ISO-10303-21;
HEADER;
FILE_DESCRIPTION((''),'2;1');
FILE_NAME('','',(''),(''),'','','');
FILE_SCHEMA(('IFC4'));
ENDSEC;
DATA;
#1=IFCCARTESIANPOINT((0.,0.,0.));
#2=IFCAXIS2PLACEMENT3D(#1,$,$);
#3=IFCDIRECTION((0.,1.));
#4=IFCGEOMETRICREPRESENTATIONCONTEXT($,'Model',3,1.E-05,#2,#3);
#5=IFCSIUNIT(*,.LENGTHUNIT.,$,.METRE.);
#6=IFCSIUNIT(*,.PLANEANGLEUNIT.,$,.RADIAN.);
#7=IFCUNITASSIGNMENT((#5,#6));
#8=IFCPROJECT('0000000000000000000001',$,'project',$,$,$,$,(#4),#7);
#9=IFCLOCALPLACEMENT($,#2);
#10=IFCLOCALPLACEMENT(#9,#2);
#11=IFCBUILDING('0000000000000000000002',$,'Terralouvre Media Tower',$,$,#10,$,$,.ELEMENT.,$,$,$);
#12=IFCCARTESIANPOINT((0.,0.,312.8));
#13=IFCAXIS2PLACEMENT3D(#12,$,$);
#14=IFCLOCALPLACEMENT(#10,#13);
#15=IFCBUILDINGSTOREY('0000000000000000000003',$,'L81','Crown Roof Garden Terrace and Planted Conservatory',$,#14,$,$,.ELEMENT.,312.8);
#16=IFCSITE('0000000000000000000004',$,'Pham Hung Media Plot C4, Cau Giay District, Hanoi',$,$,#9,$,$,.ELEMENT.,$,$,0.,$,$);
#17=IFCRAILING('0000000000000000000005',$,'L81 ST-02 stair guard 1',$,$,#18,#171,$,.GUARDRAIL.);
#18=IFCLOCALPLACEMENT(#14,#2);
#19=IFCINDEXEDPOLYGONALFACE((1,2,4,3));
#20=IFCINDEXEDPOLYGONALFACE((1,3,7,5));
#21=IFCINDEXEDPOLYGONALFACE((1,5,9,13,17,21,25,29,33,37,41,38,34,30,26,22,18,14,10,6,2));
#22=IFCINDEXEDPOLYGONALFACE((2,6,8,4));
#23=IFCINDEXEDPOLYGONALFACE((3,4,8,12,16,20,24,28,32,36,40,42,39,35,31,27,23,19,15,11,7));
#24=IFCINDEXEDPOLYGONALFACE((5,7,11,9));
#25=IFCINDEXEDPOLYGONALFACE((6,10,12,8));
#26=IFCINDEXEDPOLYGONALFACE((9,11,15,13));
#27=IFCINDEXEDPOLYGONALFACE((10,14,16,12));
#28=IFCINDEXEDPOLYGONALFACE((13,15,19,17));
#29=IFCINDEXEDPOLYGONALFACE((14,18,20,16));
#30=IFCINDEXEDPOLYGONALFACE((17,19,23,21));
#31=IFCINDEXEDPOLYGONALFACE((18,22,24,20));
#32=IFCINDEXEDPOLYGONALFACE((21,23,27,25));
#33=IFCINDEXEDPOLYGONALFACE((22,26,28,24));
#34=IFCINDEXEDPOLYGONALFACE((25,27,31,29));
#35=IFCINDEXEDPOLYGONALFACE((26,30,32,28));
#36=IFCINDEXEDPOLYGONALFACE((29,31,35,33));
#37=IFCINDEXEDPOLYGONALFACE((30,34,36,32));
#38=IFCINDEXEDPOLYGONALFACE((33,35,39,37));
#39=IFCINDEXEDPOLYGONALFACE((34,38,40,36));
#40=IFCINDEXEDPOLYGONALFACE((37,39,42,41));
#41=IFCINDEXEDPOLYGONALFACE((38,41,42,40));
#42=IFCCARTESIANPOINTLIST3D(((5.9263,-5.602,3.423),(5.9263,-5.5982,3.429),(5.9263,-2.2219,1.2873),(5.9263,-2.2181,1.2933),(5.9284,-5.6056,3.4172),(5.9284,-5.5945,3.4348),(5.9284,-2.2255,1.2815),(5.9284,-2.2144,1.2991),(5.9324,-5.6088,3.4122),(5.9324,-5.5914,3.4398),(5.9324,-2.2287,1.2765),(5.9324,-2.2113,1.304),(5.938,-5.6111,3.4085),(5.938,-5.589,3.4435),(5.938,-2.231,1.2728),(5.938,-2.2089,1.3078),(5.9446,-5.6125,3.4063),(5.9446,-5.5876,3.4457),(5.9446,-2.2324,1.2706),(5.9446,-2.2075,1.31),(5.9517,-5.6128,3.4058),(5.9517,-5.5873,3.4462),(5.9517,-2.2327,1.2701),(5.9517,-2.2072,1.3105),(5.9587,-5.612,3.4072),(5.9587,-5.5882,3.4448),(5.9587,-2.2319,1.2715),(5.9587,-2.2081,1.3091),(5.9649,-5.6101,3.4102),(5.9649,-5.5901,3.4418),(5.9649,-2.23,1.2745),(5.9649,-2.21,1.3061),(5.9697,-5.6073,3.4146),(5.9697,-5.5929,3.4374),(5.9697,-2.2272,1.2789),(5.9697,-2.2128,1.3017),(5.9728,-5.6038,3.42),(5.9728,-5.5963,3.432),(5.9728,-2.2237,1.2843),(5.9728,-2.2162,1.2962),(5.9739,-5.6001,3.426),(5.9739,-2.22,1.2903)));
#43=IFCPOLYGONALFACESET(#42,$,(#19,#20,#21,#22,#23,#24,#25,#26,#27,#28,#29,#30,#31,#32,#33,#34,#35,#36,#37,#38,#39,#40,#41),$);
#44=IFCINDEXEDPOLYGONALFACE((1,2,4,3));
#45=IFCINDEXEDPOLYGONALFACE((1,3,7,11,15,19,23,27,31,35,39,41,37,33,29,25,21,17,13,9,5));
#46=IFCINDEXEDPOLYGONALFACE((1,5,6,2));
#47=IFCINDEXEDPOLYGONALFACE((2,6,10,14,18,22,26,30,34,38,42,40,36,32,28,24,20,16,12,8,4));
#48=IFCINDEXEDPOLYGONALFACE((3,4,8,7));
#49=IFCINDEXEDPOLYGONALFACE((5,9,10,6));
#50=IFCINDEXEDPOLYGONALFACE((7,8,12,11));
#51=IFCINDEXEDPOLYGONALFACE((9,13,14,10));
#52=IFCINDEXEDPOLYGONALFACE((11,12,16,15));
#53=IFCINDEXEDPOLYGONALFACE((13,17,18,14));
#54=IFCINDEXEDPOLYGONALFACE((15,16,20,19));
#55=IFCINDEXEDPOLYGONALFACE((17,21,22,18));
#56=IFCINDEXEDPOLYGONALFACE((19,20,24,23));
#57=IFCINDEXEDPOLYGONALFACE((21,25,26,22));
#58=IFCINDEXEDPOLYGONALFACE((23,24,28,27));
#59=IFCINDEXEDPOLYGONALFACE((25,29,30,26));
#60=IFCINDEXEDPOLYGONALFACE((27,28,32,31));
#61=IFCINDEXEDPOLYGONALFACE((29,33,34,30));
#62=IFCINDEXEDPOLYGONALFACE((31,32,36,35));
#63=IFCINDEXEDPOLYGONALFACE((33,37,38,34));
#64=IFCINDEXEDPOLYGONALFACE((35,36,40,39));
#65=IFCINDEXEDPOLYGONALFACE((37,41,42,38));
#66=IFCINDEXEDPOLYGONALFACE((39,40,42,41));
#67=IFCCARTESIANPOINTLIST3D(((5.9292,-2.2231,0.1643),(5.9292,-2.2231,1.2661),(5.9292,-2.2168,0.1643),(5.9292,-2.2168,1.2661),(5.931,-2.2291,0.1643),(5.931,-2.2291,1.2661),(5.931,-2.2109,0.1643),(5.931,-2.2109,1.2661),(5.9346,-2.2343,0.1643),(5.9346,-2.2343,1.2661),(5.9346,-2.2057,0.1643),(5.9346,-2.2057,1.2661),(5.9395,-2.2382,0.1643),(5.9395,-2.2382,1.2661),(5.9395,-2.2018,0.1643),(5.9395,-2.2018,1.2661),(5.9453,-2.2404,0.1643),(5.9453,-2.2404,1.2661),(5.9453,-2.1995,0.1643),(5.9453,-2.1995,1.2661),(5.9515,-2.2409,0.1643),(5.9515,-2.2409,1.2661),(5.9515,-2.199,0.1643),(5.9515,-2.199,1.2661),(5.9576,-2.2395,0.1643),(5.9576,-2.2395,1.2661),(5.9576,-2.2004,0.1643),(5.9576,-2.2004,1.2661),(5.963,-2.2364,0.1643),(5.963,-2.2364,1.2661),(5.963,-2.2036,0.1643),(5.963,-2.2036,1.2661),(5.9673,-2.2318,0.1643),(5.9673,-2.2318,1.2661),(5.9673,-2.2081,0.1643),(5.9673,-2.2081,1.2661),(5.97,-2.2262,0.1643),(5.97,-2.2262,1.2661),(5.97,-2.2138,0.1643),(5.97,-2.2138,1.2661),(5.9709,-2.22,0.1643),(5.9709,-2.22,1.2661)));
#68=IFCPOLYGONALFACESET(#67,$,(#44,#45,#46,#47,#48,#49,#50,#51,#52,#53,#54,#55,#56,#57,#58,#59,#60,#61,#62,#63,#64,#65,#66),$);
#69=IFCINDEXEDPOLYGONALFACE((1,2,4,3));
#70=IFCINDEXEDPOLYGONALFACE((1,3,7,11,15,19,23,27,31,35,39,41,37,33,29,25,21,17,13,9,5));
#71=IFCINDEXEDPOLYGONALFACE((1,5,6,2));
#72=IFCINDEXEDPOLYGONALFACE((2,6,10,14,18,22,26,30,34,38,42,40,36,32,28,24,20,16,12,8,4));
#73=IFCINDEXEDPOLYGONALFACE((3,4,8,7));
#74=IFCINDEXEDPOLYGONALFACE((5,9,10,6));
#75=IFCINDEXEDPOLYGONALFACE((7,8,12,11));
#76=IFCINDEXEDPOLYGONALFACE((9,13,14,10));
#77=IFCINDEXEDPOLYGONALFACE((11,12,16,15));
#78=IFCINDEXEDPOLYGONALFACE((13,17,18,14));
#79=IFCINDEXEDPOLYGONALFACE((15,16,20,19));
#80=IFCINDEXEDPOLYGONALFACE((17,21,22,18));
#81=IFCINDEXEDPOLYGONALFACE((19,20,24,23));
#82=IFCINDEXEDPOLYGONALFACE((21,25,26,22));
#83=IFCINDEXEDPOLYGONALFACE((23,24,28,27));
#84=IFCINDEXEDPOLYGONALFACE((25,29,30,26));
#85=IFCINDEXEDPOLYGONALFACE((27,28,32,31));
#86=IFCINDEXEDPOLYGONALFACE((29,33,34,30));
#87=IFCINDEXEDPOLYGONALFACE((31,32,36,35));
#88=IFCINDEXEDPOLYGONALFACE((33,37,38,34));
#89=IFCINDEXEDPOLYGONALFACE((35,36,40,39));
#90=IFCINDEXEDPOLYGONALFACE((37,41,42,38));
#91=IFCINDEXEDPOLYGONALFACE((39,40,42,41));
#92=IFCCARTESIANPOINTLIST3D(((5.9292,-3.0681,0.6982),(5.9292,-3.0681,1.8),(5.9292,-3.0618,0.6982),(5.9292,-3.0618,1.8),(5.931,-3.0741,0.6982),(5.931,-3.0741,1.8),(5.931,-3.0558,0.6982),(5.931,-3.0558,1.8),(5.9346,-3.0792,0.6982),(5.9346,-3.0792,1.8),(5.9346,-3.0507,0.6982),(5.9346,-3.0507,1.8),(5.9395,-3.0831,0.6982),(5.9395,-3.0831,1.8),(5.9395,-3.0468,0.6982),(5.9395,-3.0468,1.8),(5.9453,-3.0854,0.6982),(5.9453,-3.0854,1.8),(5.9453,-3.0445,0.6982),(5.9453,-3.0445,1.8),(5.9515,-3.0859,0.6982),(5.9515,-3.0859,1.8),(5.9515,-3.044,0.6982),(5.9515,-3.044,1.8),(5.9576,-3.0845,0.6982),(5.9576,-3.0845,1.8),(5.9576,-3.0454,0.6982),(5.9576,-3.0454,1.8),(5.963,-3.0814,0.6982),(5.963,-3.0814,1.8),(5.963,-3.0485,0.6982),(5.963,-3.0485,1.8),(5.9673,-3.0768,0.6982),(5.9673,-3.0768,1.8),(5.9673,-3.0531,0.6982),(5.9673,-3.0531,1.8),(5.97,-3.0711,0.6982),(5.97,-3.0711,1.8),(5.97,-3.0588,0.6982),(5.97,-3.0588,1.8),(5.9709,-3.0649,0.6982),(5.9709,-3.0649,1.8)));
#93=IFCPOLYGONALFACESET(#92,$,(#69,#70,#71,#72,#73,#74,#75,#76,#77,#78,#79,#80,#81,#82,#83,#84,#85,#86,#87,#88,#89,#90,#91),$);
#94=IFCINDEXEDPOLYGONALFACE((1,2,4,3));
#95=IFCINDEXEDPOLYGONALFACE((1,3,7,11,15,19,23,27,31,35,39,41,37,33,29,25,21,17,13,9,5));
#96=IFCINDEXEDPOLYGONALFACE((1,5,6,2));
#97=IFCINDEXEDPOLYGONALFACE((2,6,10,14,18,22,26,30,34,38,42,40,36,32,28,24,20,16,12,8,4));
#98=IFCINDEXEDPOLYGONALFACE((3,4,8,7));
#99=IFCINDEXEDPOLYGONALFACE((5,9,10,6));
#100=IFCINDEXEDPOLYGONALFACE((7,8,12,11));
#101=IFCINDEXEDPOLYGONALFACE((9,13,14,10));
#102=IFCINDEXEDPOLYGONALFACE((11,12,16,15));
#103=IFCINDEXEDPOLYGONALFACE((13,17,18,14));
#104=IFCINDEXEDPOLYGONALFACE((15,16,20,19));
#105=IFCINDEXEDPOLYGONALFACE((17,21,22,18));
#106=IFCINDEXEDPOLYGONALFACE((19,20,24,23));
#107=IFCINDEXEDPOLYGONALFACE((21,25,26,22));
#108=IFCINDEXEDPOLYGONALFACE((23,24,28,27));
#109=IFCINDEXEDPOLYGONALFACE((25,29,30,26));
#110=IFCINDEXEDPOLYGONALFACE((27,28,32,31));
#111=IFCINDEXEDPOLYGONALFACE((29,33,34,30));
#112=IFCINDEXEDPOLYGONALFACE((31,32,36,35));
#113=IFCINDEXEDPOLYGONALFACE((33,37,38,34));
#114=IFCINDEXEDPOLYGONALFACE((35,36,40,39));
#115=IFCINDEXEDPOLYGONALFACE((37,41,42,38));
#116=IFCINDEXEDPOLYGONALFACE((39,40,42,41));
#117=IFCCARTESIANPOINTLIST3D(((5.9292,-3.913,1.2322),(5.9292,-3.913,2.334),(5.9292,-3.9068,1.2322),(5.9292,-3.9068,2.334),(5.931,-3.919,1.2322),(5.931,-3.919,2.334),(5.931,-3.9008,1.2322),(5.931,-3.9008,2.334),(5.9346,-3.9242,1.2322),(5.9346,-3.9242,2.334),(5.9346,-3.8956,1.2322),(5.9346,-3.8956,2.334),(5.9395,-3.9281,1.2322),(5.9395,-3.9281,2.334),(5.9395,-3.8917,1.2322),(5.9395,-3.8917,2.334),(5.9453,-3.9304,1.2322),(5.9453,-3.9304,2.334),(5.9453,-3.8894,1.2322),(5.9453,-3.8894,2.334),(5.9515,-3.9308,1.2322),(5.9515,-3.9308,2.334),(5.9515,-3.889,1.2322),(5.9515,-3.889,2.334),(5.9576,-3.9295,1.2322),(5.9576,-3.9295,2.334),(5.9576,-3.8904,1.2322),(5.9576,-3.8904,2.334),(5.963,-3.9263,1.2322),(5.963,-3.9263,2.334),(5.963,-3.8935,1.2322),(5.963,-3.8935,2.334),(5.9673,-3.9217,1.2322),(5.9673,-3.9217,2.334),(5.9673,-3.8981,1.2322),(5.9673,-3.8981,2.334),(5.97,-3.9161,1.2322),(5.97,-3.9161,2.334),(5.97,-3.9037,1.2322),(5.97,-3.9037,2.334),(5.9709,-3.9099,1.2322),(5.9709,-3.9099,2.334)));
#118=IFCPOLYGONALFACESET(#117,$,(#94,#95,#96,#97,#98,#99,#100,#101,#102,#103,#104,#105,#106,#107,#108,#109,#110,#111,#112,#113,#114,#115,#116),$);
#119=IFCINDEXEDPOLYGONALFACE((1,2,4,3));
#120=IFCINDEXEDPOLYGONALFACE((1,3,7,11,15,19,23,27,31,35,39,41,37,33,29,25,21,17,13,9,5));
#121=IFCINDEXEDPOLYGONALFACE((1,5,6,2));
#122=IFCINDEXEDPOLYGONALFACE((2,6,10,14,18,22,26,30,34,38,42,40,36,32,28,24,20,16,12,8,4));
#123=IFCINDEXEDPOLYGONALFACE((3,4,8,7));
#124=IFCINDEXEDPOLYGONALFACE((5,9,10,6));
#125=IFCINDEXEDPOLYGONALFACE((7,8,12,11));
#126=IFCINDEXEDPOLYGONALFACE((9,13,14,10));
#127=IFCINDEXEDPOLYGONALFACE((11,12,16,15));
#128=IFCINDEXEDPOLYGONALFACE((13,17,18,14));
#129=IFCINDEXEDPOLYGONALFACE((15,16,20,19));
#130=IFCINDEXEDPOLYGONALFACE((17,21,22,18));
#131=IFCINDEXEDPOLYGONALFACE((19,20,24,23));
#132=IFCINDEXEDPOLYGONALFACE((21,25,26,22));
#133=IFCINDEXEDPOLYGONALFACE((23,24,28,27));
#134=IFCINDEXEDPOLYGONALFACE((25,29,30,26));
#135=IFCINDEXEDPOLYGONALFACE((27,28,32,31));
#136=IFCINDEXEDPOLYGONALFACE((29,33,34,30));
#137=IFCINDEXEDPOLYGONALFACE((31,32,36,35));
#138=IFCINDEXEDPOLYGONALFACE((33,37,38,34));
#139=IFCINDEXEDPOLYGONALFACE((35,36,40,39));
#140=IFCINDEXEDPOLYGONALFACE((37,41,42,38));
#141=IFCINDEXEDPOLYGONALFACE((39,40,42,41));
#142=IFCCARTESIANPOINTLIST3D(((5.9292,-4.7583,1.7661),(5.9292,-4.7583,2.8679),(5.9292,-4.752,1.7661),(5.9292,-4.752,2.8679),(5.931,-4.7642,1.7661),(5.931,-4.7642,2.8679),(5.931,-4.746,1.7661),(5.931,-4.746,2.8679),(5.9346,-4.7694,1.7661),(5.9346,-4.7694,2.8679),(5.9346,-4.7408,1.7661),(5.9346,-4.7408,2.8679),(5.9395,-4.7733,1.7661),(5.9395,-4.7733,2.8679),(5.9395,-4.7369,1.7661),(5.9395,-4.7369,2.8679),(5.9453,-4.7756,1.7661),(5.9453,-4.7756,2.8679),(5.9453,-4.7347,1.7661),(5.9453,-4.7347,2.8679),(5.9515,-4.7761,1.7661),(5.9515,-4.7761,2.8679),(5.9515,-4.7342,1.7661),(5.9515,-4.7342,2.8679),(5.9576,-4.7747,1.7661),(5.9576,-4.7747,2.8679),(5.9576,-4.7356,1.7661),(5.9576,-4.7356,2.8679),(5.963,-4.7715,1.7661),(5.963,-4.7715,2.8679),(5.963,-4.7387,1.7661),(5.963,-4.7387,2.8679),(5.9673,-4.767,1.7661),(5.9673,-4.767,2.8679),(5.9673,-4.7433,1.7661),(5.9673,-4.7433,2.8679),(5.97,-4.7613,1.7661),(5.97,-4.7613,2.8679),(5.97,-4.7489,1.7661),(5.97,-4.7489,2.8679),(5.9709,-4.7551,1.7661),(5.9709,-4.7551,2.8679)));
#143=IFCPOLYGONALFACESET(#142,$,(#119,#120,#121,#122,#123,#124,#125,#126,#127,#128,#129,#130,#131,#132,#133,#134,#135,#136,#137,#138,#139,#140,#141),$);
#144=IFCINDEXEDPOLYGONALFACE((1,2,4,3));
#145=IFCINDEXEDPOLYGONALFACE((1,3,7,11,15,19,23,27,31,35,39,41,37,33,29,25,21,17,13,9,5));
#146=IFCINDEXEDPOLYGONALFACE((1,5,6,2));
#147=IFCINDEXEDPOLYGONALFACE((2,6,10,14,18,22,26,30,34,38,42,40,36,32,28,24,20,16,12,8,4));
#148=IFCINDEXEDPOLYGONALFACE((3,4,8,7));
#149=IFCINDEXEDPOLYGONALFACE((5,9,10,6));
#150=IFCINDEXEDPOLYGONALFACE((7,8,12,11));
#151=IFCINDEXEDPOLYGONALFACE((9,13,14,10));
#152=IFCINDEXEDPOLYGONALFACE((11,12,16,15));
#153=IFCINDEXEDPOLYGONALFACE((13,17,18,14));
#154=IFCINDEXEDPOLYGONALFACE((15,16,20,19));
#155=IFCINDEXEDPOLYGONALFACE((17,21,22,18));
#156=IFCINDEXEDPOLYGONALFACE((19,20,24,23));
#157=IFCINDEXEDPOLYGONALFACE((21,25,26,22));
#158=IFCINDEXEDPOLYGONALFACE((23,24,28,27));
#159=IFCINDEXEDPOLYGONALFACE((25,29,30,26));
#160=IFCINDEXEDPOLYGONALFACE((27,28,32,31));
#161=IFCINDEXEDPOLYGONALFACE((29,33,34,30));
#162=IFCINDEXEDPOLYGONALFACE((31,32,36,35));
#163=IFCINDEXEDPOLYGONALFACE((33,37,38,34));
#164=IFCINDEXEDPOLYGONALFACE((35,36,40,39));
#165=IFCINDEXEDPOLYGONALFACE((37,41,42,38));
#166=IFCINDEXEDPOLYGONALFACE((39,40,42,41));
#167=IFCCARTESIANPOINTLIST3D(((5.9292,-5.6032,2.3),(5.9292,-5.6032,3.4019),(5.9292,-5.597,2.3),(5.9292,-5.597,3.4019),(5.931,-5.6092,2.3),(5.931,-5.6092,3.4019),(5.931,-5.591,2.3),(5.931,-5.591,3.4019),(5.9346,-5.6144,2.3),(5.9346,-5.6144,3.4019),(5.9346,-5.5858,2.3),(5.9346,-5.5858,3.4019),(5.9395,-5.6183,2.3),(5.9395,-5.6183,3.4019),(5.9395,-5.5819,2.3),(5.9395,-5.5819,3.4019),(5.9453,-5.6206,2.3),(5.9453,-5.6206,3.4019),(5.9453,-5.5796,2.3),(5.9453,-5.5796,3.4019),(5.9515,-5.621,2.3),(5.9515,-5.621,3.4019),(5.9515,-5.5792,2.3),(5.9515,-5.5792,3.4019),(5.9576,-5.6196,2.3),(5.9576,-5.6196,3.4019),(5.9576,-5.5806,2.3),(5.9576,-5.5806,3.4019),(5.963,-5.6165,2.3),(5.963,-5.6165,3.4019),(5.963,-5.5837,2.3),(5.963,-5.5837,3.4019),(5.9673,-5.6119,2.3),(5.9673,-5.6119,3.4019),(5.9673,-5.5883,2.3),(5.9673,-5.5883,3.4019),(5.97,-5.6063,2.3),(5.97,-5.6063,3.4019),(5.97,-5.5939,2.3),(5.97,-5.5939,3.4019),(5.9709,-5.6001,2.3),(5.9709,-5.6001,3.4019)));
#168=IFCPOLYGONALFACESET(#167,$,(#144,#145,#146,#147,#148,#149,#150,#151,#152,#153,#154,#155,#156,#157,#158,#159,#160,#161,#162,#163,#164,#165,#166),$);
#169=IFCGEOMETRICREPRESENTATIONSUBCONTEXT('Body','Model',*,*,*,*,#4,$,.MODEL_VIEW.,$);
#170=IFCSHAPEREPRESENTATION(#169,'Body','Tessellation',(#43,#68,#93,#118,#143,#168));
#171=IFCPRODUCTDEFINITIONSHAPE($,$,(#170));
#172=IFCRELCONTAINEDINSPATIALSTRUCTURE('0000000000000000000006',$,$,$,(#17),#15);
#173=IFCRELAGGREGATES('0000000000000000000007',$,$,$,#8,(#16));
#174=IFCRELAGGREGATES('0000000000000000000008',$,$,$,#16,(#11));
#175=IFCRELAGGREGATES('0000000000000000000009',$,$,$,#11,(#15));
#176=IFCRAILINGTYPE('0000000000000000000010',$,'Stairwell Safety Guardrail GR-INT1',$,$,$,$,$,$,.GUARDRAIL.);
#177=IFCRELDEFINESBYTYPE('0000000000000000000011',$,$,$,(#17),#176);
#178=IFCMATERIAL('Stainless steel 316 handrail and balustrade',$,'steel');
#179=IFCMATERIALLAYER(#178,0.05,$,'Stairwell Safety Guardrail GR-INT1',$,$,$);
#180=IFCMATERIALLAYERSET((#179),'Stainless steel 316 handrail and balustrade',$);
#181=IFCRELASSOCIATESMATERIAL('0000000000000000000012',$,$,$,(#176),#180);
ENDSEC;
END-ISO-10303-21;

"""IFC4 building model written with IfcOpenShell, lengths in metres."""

from ifc_helpers import new_model, si_unit, direction, frame, origin, origin_2d, place, context, subcontext, project, spatial, circle, extrude, material, layer, layer_set, type_object, element, save


model = new_model("IFC4")

# Units and contexts
model_context = context("Model", 3, precision=1e-05, world=origin(), true_north=direction((0.0, 1.0)))
body_context = subcontext(model_context, "Body", "Model", "MODEL_VIEW")
ifc_project = project(units=[si_unit("LENGTHUNIT", "METRE"), si_unit("PLANEANGLEUNIT", "RADIAN")], contexts=[model_context])

# Site, building, storey
site_placement = place(None, origin())
site = spatial("IfcSite", under=ifc_project, at=site_placement, Name="Pham Hung Media Plot C4, Cau Giay District, Hanoi", CompositionType="ELEMENT", RefElevation=0.0)
building_placement = place(site_placement, origin())
building = spatial("IfcBuilding", under=site, at=building_placement, Name="Terralouvre Media Tower", CompositionType="ELEMENT")
storey_placement = place(building_placement, frame((0.0, 0.0, 312.8)))
storey = spatial("IfcBuildingStorey", under=building, at=storey_placement, Name="L81", Description="Crown Roof Garden Terrace and Planted Conservatory", CompositionType="ELEMENT", Elevation=312.8)

# Railing
ifc_material_1 = material(Name="Stainless steel 316 handrail and balustrade", Category="steel")
ifc_layer_1 = layer(ifc_material_1, 0.05, Name="Stairwell Safety Guardrail GR-INT1")
ifc_layer_set_1 = layer_set([ifc_layer_1], Name="Stainless steel 316 handrail and balustrade")
railing_type_1 = type_object("IfcRailingType", Name="Stairwell Safety Guardrail GR-INT1", PredefinedType="GUARDRAIL", material=ifc_layer_set_1)
railing_1_placement = place(storey_placement, frame((5.95, -2.22, 0.1643)))
element("IfcRailing", 1, at=railing_1_placement, inside=storey, type_object=railing_type_1, Name="L81 ST-02 stair guard 1", PredefinedType="GUARDRAIL", context=body_context, shape_type="SweptSolid", body=[
    extrude(circle(Radius=0.0239, at=origin_2d()), frame((0.0, 0.0, 1.126), z_axis=(0.0, -0.845384, 0.534158), x_axis=(1.0, 0.0, 0.0)), (0.0, 0.0, 1.0), 3.9983),
    extrude(circle(Radius=0.021, at=origin_2d()), origin(), (0.0, 0.0, 1.0), 1.1018),
    extrude(circle(Radius=0.021, at=origin_2d()), frame((0.0, -0.845, 0.5339)), (0.0, 0.0, 1.0), 1.1018),
    extrude(circle(Radius=0.021, at=origin_2d()), frame((0.0, -1.6899, 1.0679)), (0.0, 0.0, 1.0), 1.1018),
    extrude(circle(Radius=0.021, at=origin_2d()), frame((0.0, -2.5352, 1.6018)), (0.0, 0.0, 1.0), 1.1018),
    extrude(circle(Radius=0.021, at=origin_2d()), frame((0.0, -3.3801, 2.1357)), (0.0, 0.0, 1.0), 1.1018),
])

save(model, "model.ifc")
